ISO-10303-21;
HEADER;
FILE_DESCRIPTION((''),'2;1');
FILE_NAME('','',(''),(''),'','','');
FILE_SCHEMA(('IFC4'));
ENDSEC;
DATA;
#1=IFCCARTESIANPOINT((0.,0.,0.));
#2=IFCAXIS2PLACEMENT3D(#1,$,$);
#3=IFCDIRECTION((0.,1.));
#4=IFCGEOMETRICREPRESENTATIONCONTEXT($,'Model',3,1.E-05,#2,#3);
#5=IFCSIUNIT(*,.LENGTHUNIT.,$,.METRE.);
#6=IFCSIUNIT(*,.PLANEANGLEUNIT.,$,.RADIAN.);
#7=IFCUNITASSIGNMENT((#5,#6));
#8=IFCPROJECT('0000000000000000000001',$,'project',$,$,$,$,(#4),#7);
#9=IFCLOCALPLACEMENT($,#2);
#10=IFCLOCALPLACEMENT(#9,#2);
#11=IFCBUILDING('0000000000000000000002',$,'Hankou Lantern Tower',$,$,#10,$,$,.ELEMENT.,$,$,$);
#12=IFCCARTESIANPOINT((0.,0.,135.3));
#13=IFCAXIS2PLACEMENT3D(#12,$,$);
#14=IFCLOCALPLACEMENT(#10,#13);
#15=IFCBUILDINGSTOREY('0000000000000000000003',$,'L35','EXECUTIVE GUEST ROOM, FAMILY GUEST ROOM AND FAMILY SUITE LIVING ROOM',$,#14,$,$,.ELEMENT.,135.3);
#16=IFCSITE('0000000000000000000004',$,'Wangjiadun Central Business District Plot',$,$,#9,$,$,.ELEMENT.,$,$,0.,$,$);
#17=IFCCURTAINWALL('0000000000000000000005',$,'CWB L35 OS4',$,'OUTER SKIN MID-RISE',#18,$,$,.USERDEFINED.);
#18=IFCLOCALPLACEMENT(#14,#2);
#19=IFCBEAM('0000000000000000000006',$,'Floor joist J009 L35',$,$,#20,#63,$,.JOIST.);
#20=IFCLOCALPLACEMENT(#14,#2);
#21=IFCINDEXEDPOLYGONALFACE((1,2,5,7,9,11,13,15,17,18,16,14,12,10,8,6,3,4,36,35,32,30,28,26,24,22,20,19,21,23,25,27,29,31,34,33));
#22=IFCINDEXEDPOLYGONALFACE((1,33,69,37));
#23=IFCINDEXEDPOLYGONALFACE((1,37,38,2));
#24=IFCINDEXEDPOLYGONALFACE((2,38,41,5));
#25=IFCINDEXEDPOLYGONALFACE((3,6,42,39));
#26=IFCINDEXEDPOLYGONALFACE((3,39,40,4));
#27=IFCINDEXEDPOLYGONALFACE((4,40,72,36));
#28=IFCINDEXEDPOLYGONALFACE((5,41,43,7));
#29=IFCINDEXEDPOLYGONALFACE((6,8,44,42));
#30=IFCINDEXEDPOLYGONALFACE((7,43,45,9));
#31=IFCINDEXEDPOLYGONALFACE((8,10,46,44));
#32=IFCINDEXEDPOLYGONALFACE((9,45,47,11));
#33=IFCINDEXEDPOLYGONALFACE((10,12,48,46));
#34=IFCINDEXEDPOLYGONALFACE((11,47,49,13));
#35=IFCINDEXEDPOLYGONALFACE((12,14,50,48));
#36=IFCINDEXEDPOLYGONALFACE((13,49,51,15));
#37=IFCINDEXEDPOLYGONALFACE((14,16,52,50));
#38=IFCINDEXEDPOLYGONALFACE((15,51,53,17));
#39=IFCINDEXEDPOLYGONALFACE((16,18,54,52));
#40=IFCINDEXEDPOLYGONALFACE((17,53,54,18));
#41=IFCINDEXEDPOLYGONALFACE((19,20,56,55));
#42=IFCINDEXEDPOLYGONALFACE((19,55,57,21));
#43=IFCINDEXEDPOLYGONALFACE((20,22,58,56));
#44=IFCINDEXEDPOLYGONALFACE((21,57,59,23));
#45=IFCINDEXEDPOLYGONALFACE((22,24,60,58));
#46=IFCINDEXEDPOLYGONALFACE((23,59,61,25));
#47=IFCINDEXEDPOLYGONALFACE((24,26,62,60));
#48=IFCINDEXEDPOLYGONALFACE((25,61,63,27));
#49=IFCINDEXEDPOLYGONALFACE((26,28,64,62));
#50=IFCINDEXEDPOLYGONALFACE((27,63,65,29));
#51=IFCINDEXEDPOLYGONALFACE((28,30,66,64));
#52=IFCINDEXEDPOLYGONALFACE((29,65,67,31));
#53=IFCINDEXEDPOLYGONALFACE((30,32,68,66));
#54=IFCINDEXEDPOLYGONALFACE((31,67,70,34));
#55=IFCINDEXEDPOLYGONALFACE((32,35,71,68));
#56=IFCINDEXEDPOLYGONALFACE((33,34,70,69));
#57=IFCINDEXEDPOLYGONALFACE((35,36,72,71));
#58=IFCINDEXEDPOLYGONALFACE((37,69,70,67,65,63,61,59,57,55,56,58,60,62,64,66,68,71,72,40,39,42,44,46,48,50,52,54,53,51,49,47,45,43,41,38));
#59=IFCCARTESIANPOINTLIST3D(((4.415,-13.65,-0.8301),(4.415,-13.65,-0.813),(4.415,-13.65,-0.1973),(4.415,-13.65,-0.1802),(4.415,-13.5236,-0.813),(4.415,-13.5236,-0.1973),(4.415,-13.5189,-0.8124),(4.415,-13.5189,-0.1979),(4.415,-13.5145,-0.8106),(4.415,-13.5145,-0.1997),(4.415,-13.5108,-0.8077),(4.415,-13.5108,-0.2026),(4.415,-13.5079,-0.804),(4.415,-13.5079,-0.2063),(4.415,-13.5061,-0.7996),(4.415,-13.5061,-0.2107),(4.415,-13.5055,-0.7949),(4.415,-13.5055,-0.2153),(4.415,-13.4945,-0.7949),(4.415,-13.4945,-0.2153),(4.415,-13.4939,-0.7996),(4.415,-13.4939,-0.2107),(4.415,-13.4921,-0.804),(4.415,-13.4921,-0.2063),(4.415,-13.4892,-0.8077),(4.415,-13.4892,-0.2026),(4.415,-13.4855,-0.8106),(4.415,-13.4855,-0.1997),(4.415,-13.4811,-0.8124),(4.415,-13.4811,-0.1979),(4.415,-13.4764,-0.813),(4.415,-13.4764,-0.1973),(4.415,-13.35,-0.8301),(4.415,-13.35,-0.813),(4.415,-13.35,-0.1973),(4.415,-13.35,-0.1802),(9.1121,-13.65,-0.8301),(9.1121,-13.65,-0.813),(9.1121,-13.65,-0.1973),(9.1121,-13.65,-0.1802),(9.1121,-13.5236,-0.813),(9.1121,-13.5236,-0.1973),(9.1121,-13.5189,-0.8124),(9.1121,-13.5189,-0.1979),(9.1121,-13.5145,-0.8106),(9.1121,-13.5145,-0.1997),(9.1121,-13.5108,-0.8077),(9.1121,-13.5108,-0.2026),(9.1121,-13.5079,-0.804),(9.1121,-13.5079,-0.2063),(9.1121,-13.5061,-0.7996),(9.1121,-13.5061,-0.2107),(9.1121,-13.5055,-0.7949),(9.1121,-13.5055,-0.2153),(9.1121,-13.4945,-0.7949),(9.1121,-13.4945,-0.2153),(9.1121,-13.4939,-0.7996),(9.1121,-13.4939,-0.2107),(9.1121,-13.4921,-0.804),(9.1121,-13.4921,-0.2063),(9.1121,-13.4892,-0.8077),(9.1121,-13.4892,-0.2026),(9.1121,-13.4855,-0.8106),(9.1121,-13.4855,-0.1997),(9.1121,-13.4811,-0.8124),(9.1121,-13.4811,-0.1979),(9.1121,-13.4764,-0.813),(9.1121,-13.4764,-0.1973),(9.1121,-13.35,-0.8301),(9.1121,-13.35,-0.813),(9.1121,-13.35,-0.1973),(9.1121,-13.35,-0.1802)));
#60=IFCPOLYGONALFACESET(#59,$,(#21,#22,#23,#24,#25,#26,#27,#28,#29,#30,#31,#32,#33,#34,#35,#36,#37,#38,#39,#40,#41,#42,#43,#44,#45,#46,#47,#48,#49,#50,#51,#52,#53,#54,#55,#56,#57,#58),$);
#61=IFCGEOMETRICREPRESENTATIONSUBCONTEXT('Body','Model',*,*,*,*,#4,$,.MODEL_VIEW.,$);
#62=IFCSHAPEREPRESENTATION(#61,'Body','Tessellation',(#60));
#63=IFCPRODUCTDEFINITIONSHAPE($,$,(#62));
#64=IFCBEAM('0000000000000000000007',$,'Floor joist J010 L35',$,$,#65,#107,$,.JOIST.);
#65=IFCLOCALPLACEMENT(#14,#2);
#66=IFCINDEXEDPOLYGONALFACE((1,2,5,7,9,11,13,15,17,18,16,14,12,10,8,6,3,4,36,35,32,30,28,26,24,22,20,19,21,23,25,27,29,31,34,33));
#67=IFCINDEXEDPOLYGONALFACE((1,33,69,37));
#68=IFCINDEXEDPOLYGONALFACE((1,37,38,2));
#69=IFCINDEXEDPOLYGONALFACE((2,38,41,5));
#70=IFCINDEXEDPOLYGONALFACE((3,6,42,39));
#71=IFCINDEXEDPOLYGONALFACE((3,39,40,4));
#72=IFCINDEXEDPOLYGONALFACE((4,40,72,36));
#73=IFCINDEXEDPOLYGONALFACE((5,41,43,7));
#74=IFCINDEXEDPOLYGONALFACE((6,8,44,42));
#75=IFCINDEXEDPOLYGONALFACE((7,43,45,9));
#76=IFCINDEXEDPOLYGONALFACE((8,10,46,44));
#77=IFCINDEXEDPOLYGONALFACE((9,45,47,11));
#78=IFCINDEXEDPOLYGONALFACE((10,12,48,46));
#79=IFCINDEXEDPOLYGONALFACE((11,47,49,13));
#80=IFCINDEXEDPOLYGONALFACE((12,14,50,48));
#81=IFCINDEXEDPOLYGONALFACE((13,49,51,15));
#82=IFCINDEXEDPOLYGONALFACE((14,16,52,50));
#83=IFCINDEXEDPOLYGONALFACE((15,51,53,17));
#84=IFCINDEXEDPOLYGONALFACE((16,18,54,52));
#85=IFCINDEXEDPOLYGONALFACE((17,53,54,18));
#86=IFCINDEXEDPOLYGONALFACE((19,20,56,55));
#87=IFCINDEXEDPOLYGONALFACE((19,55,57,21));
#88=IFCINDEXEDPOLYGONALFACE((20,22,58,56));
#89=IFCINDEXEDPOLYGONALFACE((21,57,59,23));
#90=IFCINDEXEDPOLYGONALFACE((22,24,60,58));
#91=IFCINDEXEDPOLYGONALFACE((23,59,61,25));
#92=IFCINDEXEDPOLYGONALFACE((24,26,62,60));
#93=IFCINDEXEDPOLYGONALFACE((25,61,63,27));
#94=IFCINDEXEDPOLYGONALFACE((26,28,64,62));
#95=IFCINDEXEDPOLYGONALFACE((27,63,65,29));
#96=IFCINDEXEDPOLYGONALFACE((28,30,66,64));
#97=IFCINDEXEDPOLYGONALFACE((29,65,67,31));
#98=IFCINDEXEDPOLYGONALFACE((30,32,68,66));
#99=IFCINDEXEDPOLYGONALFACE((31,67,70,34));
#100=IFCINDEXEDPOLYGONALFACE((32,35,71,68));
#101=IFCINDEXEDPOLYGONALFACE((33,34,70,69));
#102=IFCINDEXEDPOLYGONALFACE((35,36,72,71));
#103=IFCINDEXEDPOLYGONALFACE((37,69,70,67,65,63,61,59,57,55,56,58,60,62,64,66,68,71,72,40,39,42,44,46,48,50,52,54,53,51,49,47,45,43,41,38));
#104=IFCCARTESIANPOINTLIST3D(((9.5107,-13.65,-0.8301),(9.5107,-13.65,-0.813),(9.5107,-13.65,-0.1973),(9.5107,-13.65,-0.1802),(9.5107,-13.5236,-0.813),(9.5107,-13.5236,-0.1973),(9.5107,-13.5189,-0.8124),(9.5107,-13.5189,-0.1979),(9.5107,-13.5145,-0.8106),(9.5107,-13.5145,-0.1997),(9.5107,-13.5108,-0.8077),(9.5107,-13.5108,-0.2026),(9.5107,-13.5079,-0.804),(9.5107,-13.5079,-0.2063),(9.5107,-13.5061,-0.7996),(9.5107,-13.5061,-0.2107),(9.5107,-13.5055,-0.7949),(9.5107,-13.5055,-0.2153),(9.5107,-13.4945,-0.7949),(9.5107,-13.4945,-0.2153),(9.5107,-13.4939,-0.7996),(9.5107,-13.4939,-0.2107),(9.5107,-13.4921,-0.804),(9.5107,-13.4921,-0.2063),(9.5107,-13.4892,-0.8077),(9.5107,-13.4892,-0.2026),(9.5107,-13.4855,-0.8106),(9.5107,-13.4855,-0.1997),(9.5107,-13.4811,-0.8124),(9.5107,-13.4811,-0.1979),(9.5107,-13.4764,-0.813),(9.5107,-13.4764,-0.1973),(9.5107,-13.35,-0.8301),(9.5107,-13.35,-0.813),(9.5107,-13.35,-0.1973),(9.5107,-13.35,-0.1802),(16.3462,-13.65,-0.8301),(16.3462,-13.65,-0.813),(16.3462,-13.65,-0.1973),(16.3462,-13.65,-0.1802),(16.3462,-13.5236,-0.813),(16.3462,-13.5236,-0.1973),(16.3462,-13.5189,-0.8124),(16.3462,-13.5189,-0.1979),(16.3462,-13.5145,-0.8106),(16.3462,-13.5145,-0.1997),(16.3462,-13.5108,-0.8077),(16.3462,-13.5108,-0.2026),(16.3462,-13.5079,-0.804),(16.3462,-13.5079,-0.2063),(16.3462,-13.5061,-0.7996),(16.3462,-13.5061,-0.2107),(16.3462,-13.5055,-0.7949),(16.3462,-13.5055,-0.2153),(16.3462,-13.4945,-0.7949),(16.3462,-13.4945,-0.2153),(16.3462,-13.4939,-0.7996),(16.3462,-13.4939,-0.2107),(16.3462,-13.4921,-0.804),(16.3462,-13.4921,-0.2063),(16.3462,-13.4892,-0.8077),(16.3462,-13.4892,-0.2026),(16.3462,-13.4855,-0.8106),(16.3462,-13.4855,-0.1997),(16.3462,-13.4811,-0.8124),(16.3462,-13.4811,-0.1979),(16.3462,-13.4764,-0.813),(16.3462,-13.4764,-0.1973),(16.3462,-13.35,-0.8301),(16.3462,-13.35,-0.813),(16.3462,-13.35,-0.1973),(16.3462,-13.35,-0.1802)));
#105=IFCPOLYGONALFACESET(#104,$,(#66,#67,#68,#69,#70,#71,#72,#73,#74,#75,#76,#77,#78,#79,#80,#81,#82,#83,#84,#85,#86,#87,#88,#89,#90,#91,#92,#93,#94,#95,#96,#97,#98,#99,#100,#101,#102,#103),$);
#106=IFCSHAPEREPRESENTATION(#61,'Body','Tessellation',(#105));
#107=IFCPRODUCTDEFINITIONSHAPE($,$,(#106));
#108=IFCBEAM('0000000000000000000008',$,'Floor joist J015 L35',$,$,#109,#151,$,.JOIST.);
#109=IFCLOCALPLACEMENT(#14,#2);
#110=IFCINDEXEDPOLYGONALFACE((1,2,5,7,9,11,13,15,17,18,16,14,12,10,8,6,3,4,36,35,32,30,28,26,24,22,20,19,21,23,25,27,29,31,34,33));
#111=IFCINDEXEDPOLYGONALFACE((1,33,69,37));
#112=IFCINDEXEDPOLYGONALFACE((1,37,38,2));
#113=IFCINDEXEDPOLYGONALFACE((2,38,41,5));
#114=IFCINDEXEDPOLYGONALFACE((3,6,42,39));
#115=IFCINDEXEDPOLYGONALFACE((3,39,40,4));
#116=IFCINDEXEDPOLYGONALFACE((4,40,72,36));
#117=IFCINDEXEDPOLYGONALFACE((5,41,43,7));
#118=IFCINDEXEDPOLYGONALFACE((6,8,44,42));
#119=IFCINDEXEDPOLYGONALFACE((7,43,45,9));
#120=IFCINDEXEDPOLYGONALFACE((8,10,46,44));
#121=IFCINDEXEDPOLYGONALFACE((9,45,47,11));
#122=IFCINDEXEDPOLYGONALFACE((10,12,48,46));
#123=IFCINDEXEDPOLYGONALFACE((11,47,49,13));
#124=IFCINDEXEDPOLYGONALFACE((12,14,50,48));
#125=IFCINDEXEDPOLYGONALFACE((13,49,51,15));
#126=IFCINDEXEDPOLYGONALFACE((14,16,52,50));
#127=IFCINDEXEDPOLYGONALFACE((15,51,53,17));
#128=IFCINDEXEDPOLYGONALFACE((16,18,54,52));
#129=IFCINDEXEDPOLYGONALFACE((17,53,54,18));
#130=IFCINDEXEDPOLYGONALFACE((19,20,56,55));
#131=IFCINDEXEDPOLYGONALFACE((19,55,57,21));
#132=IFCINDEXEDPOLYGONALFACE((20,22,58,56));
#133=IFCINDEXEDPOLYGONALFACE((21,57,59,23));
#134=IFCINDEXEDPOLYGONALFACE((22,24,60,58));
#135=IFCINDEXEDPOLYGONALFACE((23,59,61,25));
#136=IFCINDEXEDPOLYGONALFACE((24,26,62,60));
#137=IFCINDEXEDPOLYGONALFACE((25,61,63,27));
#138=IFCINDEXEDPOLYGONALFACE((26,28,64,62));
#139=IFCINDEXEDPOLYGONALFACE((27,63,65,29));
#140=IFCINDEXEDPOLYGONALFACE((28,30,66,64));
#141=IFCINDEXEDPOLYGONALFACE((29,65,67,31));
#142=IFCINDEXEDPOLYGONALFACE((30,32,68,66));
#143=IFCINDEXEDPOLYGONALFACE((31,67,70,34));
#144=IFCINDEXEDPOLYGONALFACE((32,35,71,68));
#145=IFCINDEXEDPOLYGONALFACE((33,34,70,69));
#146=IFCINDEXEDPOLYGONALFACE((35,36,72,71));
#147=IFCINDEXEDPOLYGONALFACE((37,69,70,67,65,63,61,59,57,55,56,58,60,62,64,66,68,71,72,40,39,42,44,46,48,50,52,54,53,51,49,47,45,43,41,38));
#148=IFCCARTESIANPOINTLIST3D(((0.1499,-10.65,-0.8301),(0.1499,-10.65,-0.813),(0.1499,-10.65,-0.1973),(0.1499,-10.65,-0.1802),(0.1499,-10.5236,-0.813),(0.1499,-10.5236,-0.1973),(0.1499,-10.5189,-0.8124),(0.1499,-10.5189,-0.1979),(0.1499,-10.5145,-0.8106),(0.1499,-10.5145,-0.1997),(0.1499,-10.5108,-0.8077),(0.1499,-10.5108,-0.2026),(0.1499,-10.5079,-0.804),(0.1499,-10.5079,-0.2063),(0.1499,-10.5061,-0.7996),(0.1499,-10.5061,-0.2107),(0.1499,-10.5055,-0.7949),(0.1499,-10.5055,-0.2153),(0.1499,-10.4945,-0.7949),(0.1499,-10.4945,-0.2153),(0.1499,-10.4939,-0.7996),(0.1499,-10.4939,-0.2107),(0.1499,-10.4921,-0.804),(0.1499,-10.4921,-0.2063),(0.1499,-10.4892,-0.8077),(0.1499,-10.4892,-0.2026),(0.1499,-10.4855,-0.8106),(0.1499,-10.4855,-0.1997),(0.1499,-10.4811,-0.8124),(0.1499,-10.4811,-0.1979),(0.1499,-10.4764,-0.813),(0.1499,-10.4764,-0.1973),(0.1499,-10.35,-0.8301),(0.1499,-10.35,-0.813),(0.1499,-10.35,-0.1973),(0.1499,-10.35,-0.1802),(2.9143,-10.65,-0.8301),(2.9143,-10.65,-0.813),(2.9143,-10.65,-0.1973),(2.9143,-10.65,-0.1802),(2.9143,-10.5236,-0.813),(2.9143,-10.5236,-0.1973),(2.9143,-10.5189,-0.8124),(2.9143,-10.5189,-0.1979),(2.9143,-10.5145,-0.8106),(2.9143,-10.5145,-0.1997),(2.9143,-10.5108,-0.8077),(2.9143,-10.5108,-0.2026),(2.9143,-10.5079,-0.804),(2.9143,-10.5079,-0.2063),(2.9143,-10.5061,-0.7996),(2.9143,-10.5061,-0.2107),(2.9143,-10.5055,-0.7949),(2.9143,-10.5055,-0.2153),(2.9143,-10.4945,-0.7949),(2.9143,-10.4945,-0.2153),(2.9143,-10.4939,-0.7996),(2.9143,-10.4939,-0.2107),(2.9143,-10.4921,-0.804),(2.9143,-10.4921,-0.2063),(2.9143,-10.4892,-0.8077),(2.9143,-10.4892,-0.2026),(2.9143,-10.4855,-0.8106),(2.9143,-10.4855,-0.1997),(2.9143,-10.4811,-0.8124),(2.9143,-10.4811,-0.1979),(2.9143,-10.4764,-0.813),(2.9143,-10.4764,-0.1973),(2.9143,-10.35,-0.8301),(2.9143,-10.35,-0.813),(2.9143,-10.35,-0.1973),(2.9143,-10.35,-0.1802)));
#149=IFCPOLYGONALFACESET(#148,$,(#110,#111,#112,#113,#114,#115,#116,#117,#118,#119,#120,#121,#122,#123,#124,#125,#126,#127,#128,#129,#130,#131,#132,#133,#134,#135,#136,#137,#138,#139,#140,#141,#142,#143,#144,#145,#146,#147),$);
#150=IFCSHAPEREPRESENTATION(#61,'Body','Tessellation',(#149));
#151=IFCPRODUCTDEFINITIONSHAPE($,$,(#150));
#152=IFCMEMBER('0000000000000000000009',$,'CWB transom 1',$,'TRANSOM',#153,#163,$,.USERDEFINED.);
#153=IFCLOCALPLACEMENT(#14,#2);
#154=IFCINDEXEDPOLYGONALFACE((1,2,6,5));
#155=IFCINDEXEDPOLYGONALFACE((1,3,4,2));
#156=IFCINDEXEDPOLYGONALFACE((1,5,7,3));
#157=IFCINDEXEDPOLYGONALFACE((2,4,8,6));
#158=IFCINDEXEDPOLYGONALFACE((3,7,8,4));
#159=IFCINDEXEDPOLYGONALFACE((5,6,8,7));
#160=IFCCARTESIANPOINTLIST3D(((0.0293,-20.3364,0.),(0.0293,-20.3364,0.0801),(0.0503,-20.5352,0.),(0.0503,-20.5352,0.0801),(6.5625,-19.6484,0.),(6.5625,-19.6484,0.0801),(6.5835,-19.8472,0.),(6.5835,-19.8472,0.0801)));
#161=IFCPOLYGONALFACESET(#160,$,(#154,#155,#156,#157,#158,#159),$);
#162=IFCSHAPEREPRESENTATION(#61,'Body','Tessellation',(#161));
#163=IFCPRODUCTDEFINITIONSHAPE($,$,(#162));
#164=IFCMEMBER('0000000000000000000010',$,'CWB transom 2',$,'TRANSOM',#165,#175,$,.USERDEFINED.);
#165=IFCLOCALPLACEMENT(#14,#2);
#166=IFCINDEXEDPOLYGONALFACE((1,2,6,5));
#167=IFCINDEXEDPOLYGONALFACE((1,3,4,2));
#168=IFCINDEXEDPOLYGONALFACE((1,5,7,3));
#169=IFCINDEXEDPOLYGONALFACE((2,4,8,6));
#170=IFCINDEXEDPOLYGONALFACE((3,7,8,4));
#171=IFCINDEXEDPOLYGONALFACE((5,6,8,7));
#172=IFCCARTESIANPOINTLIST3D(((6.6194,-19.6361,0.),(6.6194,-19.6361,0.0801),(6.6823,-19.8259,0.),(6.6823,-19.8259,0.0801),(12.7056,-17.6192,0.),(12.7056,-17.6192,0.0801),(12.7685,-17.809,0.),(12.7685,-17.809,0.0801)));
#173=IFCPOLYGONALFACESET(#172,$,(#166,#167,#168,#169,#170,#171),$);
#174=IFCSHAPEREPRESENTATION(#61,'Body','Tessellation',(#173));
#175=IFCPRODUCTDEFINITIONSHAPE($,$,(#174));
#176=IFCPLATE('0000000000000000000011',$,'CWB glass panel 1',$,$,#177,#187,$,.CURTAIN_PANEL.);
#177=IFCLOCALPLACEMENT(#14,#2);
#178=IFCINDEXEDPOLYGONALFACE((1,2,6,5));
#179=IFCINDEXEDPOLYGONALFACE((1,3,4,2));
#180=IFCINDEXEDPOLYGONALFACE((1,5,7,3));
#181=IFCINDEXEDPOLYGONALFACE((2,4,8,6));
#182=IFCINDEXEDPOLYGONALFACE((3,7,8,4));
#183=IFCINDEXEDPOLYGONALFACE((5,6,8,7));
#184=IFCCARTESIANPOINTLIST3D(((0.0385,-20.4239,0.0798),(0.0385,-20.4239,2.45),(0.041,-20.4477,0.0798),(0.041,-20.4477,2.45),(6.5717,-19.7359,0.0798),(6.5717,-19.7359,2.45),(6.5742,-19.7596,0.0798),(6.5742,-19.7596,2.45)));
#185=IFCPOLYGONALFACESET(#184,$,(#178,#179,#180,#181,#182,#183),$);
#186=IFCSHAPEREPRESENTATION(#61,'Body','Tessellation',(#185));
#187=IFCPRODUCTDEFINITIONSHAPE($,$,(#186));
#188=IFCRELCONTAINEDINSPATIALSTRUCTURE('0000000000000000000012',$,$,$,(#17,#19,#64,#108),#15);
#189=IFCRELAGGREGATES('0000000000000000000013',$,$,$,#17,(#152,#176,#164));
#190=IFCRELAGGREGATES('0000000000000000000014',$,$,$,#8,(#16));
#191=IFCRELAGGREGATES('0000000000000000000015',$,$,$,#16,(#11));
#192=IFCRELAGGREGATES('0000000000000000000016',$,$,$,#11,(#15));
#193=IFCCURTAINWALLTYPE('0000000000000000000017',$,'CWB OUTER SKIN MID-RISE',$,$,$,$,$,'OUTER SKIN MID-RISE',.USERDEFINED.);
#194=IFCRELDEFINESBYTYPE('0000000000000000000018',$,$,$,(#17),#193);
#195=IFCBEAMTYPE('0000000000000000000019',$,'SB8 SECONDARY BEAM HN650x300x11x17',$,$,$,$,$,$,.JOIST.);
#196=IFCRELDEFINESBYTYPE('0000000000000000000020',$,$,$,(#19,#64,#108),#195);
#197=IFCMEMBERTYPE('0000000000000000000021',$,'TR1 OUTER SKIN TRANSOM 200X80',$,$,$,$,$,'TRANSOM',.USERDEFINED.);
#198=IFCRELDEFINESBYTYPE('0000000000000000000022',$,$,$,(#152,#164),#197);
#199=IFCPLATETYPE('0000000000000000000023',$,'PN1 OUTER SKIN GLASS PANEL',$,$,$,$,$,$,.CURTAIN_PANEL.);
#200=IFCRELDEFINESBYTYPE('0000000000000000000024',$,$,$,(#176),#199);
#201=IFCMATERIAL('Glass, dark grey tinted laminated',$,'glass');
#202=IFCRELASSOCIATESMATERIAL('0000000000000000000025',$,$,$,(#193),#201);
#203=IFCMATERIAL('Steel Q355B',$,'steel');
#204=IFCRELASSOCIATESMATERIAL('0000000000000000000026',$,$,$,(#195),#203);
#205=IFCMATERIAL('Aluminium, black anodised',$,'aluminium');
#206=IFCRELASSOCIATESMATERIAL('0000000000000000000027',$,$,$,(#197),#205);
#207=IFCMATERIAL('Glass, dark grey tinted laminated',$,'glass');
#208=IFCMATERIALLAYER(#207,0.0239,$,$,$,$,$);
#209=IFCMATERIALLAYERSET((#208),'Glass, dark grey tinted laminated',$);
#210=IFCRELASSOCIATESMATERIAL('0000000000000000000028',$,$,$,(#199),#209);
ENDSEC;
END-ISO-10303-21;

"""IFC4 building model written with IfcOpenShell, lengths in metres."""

from ifc_helpers import new_model, si_unit, direction, frame, origin, origin_2d, place, context, subcontext, project, spatial, rectangle, i_section, extrude, material, layer, layer_set, material_profile, profile_set, type_object, element, aggregate, save


model = new_model("IFC4")

# Units and contexts
model_context = context("Model", 3, precision=1e-05, world=origin(), true_north=direction((0.0, 1.0)))
body_context = subcontext(model_context, "Body", "Model", "MODEL_VIEW")
ifc_project = project(units=[si_unit("LENGTHUNIT", "METRE"), si_unit("PLANEANGLEUNIT", "RADIAN")], contexts=[model_context])

# Site, building, storey
site_placement = place(None, origin())
site = spatial("IfcSite", under=ifc_project, at=site_placement, Name="Wangjiadun Central Business District Plot", CompositionType="ELEMENT", RefElevation=0.0)
building_placement = place(site_placement, origin())
building = spatial("IfcBuilding", under=site, at=building_placement, Name="Hankou Lantern Tower", CompositionType="ELEMENT")
storey_placement = place(building_placement, frame((0.0, 0.0, 135.3)))
storey = spatial("IfcBuildingStorey", under=building, at=storey_placement, Name="L35", Description="EXECUTIVE GUEST ROOM, FAMILY GUEST ROOM AND FAMILY SUITE LIVING ROOM", CompositionType="ELEMENT", Elevation=135.3)

# Curtain wall
ifc_material_1 = material(Name="Glass, dark grey tinted laminated", Category="glass")
curtain_wall_type = type_object("IfcCurtainWallType", Name="CWB OUTER SKIN MID-RISE", ElementType="OUTER SKIN MID-RISE", PredefinedType="USERDEFINED", material=ifc_material_1)
curtain_wall_placement = place(storey_placement, origin())
curtain_wall = element("IfcCurtainWall", 1, at=curtain_wall_placement, inside=storey, type_object=curtain_wall_type, Name="CWB L35 OS4", ObjectType="OUTER SKIN MID-RISE", PredefinedType="USERDEFINED")

# Beams
ifc_material_2 = material(Name="Steel Q355B", Category="steel")
ifc_material_profile_1 = material_profile(ifc_material_2, i_section(OverallWidth=0.3, OverallDepth=0.6499, WebThickness=0.011, FlangeThickness=0.0171, FilletRadius=0.0181, at=origin_2d()), Name="HN650x300x11x17")
ifc_profile_set_1 = profile_set([ifc_material_profile_1], Name="Steel Q355B")
beam_type_1 = type_object("IfcBeamType", Name="SB8 SECONDARY BEAM HN650x300x11x17", PredefinedType="JOIST", material=ifc_profile_set_1)
beam_1_placement = place(storey_placement, frame((4.415, -13.5, -0.5051), z_axis=(1.0, 0.0, 0.0), x_axis=(0.0, 1.0, 0.0)))
element("IfcBeam", 2, at=beam_1_placement, inside=storey, type_object=beam_type_1, Name="Floor joist J009 L35", PredefinedType="JOIST", context=body_context, shape_type="SweptSolid", body=[
    extrude(i_section(OverallWidth=0.3, OverallDepth=0.6499, WebThickness=0.011, FlangeThickness=0.0171, FilletRadius=0.0181, at=origin_2d()), origin(), (0.0, 0.0, 1.0), 4.697),
])
beam_2_placement = place(storey_placement, frame((9.5107, -13.5, -0.5051), z_axis=(1.0, 0.0, 0.0), x_axis=(0.0, 1.0, 0.0)))
element("IfcBeam", 3, at=beam_2_placement, inside=storey, type_object=beam_type_1, Name="Floor joist J010 L35", PredefinedType="JOIST", context=body_context, shape_type="SweptSolid", body=[
    extrude(i_section(OverallWidth=0.3, OverallDepth=0.6499, WebThickness=0.011, FlangeThickness=0.0171, FilletRadius=0.0181, at=origin_2d()), origin(), (0.0, 0.0, 1.0), 6.8354),
])
beam_3_placement = place(storey_placement, frame((0.1499, -10.5, -0.5051), z_axis=(1.0, 0.0, 0.0), x_axis=(0.0, 1.0, 0.0)))
element("IfcBeam", 4, at=beam_3_placement, inside=storey, type_object=beam_type_1, Name="Floor joist J015 L35", PredefinedType="JOIST", context=body_context, shape_type="SweptSolid", body=[
    extrude(i_section(OverallWidth=0.3, OverallDepth=0.6499, WebThickness=0.011, FlangeThickness=0.0171, FilletRadius=0.0181, at=origin_2d()), origin(), (0.0, 0.0, 1.0), 2.7644),
])

# Members
ifc_material_3 = material(Name="Aluminium, black anodised", Category="aluminium")
ifc_material_profile_2 = material_profile(ifc_material_3, rectangle(XDim=0.2, YDim=0.0801, at=origin_2d()), Name="TR1 200X80")
ifc_profile_set_2 = profile_set([ifc_material_profile_2], Name="Aluminium, black anodised")
member_type_1 = type_object("IfcMemberType", Name="TR1 OUTER SKIN TRANSOM 200X80", ElementType="TRANSOM", PredefinedType="USERDEFINED", material=ifc_profile_set_2)
member_1_placement = place(storey_placement, frame((0.0398, -20.4358, 0.04), z_axis=(0.994501, 0.104727, 0.0), x_axis=(-0.104727, 0.994501, 0.0)))
member_1 = element("IfcMember", 5, at=member_1_placement, type_object=member_type_1, Name="CWB transom 1", ObjectType="TRANSOM", PredefinedType="USERDEFINED", context=body_context, shape_type="SweptSolid", body=[
    extrude(rectangle(XDim=0.2, YDim=0.0801, at=origin_2d()), origin(), (0.0, 0.0, 1.0), 6.5693),
])
member_2_placement = place(storey_placement, frame((6.6509, -19.731, 0.04), z_axis=(0.949238, 0.314559, 0.0), x_axis=(-0.314559, 0.949238, 0.0)))
member_2 = element("IfcMember", 6, at=member_2_placement, type_object=member_type_1, Name="CWB transom 2", ObjectType="TRANSOM", PredefinedType="USERDEFINED", context=body_context, shape_type="SweptSolid", body=[
    extrude(rectangle(XDim=0.2, YDim=0.0801, at=origin_2d()), origin(), (0.0, 0.0, 1.0), 6.4116),
])

# Plate
ifc_material_4 = material(Name="Glass, dark grey tinted laminated", Category="glass")
ifc_layer_1 = layer(ifc_material_4, 0.0239)
ifc_layer_set_1 = layer_set([ifc_layer_1], Name="Glass, dark grey tinted laminated")
plate_type = type_object("IfcPlateType", Name="PN1 OUTER SKIN GLASS PANEL", PredefinedType="CURTAIN_PANEL", material=ifc_layer_set_1)
plate_1_placement = place(storey_placement, frame((3.3064, -20.0918, 0.0798), z_axis=(0.0, 0.0, 1.0), x_axis=(0.994499, 0.104743, 0.0)))
plate_1 = element("IfcPlate", 7, at=plate_1_placement, type_object=plate_type, Name="CWB glass panel 1", PredefinedType="CURTAIN_PANEL", context=body_context, shape_type="SweptSolid", body=[
    extrude(rectangle(XDim=6.5693, YDim=0.0239, at=origin_2d()), origin(), (0.0, 0.0, 1.0), 2.3701),
])
aggregate(curtain_wall, [member_1, plate_1, member_2])

save(model, "model.ifc")
